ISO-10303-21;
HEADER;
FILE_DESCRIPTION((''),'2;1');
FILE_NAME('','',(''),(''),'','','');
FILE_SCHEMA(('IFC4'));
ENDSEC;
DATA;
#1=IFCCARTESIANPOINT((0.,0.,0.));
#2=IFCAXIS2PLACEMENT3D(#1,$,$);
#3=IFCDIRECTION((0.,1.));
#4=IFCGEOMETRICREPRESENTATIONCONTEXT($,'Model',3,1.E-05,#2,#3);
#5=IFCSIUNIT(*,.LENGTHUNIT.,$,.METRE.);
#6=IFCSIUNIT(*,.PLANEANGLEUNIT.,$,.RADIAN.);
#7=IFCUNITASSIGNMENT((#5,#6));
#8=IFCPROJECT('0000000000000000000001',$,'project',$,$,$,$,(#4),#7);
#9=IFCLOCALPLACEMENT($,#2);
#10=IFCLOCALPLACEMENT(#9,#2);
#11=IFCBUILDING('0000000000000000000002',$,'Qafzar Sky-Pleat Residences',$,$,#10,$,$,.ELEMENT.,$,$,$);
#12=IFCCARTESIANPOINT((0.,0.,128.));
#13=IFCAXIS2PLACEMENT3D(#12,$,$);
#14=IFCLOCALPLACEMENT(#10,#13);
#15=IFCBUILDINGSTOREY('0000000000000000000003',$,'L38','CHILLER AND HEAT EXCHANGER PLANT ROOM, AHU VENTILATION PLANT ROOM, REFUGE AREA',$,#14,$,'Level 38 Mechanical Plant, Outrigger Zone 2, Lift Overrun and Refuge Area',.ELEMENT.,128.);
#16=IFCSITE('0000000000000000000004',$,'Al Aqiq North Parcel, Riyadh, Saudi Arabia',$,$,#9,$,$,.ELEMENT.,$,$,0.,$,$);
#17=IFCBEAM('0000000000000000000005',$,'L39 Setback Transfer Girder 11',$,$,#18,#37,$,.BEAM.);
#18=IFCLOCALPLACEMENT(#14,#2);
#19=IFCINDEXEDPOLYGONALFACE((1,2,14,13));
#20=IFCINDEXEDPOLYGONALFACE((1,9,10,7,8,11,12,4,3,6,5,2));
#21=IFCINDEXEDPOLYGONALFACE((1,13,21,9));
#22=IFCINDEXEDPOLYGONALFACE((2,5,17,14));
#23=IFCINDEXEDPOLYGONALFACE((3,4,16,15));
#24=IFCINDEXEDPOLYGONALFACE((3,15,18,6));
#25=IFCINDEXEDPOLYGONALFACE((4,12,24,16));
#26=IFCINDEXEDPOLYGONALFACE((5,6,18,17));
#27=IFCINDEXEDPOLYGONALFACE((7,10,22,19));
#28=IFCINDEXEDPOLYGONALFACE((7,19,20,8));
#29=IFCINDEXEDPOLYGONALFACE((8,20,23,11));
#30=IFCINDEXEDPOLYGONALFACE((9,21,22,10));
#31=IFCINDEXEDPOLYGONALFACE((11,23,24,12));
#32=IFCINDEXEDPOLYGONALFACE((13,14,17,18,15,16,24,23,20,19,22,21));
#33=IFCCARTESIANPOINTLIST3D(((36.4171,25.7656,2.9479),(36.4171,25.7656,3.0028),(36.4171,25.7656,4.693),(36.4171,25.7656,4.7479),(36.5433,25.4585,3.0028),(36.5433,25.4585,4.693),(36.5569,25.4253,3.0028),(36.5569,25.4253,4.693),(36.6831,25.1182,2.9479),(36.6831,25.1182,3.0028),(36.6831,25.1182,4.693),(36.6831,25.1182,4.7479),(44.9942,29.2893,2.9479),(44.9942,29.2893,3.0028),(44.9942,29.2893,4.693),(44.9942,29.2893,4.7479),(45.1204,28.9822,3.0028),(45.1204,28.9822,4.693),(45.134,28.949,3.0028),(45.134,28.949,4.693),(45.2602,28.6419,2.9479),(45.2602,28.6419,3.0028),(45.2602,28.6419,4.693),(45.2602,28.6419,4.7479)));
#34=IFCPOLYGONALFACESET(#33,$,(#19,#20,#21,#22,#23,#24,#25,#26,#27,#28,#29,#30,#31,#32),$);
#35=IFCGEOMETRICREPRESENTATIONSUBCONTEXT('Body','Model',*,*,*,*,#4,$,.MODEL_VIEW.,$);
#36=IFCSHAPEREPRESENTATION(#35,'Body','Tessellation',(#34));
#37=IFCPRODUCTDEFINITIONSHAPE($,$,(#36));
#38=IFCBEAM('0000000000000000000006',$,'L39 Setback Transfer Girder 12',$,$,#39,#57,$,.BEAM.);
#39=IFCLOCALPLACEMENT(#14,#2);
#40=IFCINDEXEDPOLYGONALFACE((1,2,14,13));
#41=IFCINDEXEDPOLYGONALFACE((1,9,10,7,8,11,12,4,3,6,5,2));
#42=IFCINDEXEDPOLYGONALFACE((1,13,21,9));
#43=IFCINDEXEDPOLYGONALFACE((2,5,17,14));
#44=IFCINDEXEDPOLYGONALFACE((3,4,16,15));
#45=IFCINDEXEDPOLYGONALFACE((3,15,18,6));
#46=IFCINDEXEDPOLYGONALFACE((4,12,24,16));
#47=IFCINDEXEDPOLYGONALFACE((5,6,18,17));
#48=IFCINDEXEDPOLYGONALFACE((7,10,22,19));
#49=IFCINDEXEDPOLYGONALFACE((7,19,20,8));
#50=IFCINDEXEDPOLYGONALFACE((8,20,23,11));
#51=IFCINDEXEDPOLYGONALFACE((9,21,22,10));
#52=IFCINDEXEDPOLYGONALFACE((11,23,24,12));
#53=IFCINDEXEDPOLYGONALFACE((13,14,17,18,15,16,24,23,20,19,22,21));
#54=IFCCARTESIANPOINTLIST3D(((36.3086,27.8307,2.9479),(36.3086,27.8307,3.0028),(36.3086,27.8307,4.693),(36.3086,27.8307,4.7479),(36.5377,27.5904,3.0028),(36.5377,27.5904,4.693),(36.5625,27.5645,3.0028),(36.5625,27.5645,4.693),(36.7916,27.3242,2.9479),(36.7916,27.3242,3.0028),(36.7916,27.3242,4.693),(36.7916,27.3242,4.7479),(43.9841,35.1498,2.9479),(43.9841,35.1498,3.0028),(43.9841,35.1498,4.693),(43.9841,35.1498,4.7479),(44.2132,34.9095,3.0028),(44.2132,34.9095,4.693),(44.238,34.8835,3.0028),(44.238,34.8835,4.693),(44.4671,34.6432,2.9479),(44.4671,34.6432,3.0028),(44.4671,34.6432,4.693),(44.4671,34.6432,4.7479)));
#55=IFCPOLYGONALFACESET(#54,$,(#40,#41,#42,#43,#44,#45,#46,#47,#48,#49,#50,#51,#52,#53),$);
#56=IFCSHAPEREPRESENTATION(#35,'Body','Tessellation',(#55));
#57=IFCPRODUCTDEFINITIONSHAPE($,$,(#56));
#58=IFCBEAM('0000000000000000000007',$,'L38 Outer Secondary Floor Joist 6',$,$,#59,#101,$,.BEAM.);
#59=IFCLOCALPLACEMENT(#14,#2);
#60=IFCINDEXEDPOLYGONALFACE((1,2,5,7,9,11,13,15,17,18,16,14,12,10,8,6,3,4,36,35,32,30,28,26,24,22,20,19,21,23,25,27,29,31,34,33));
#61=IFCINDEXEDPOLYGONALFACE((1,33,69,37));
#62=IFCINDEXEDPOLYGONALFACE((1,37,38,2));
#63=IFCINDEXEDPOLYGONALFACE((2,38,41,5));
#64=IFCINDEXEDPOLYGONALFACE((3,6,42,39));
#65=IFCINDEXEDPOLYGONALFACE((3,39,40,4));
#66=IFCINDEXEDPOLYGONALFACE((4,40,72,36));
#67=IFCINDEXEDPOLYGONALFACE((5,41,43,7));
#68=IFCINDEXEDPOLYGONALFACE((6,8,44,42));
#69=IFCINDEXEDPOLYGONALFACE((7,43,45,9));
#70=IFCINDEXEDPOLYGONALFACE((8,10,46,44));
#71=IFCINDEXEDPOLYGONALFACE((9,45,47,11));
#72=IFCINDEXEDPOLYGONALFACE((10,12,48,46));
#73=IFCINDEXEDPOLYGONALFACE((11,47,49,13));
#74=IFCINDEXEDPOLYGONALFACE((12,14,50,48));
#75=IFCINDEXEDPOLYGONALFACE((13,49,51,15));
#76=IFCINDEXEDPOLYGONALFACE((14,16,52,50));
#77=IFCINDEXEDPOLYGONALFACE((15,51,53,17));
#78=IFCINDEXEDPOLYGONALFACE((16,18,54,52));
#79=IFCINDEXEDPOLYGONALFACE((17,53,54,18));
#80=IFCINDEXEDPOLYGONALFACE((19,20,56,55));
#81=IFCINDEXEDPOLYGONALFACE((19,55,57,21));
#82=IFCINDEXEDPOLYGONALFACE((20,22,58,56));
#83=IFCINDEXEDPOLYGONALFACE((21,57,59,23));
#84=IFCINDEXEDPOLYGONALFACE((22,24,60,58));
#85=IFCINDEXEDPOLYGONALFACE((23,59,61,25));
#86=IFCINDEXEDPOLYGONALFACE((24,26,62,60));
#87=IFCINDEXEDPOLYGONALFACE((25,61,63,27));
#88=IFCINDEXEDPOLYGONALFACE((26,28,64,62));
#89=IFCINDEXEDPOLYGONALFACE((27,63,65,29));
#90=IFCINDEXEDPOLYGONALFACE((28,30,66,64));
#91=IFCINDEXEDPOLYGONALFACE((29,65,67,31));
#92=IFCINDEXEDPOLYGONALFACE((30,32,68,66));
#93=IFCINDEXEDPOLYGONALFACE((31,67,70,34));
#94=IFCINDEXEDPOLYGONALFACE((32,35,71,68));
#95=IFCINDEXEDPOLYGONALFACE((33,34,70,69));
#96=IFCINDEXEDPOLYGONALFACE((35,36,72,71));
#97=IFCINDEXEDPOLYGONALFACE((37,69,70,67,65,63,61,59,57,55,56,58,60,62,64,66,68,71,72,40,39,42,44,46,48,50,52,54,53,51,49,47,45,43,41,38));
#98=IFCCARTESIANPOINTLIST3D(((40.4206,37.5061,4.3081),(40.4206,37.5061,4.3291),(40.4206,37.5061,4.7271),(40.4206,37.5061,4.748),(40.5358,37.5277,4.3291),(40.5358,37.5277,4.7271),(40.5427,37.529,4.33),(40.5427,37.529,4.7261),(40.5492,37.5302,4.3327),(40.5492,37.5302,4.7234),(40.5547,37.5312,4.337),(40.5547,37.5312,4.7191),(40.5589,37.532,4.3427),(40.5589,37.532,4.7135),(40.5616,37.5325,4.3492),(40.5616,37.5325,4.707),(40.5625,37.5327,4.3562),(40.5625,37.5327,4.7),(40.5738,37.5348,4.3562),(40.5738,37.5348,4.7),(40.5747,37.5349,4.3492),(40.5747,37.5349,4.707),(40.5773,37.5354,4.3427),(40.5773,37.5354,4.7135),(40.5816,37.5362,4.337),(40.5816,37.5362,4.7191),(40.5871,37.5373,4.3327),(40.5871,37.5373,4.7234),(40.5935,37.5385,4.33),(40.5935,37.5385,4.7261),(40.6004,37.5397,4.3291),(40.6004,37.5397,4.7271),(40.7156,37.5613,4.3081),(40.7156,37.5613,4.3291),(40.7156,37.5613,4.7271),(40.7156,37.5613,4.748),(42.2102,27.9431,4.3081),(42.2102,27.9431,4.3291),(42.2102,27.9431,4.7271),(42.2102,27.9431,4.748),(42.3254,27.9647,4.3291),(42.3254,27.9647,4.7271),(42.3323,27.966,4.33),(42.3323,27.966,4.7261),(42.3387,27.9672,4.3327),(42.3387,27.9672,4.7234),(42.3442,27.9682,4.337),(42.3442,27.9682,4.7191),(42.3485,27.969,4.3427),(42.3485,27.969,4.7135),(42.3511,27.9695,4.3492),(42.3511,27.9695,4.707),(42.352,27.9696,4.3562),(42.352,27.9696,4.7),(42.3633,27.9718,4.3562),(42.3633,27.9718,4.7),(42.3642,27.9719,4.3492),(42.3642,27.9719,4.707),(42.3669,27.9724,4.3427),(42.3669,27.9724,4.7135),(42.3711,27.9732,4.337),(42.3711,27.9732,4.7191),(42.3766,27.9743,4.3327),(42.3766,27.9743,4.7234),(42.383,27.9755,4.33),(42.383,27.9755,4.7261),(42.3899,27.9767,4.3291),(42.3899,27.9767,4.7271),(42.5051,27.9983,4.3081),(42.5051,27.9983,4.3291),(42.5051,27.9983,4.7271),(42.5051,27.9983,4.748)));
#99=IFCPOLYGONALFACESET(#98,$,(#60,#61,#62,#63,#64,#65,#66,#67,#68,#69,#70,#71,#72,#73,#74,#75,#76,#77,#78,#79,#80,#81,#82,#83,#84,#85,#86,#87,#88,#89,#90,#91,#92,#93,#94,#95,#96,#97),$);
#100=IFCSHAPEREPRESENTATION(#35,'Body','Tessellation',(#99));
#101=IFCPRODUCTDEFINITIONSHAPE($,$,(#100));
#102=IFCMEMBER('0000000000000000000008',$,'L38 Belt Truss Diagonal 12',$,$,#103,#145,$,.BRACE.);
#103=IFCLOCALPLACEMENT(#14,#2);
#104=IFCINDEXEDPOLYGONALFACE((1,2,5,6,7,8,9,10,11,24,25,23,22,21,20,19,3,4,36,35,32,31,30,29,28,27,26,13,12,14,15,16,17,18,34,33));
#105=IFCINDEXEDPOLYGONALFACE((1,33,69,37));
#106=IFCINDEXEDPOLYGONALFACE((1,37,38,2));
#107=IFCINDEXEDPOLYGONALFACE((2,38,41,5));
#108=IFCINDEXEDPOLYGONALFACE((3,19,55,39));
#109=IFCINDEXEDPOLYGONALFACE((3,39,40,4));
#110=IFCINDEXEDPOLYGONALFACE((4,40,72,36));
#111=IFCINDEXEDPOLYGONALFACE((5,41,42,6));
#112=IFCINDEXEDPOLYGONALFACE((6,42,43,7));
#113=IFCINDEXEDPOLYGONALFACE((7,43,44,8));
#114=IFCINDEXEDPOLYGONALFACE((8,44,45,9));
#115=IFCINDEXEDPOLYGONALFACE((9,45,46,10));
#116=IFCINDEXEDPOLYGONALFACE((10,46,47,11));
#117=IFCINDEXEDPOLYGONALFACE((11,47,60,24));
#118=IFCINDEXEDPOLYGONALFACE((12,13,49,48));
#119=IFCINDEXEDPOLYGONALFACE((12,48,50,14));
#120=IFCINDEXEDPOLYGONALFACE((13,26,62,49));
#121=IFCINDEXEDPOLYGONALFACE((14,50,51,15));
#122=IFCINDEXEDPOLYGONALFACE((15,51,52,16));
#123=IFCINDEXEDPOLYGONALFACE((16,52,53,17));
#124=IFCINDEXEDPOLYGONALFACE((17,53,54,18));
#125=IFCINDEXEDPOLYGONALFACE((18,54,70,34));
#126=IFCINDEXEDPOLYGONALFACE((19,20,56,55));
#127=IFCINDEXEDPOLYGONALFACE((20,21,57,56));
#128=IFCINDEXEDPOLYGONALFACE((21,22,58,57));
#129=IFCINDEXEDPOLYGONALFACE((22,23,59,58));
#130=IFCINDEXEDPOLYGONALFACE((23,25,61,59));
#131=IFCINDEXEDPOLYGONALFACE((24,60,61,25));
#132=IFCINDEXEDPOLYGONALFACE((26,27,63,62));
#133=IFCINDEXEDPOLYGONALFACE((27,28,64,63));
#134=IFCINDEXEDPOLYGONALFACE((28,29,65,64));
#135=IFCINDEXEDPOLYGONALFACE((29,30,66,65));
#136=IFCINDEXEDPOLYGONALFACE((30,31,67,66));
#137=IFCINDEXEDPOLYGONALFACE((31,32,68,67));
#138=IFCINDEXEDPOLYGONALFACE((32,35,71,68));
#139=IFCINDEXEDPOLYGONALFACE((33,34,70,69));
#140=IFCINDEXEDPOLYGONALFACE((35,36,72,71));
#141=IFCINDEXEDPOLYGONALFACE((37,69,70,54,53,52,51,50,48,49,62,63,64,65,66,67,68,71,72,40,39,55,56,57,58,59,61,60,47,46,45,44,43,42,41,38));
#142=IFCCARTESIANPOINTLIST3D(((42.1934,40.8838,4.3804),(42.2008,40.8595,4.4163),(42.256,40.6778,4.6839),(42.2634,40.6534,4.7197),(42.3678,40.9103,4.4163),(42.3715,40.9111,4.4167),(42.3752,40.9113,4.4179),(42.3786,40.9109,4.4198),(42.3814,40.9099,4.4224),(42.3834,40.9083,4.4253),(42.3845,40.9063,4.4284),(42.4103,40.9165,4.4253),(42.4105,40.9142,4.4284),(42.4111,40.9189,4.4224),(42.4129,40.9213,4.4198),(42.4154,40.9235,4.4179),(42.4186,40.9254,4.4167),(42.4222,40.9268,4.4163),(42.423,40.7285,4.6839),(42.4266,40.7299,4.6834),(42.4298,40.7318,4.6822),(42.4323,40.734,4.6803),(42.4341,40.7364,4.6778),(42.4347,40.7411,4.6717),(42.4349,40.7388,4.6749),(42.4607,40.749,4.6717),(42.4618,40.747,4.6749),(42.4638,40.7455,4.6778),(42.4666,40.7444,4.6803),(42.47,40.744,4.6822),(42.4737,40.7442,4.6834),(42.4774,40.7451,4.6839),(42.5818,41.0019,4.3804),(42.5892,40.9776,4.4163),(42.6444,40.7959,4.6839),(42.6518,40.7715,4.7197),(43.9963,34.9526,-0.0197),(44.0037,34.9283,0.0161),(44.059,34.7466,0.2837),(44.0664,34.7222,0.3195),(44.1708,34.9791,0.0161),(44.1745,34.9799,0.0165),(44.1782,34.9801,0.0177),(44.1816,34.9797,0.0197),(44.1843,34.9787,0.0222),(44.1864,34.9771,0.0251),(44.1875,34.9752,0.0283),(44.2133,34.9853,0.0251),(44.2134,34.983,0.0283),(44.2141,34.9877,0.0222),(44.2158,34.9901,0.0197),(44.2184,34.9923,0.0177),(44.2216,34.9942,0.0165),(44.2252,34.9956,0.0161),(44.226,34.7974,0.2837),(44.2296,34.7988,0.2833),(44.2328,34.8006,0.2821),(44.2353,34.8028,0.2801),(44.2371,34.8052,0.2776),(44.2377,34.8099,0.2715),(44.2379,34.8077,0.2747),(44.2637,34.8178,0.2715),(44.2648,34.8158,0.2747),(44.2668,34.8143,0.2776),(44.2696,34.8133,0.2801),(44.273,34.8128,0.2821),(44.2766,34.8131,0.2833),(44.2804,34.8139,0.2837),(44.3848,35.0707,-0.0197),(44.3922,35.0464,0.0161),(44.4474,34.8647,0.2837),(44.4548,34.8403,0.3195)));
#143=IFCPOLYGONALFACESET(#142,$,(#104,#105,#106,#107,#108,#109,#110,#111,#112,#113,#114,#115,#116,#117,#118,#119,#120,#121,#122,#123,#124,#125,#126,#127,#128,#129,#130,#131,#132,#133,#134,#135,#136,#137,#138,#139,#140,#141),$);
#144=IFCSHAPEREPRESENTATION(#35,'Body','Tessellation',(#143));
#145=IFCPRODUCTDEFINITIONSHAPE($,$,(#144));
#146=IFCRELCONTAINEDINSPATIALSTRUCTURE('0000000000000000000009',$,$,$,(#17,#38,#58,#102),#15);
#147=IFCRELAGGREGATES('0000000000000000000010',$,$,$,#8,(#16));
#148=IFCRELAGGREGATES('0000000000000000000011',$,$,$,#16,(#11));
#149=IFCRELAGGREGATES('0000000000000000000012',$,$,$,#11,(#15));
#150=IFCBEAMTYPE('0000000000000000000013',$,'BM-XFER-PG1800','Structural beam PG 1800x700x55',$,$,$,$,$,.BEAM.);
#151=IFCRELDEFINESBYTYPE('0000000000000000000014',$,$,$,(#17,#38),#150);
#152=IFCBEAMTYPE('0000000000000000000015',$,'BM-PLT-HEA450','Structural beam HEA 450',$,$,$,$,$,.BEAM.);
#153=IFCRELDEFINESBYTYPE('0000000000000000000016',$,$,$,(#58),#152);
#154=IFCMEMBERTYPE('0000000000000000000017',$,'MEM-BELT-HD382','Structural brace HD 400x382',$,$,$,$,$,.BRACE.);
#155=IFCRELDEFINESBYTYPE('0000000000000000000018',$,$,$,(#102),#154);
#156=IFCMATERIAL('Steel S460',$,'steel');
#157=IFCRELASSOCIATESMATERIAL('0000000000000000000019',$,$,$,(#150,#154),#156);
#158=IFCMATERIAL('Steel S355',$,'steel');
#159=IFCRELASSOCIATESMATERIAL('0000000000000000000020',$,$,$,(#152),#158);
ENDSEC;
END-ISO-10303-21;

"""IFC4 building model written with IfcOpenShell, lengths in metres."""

from ifc_helpers import new_model, si_unit, direction, frame, origin, origin_2d, place, context, subcontext, project, spatial, i_section, extrude, source, transform, mapped, material, material_profile, profile_set, type_object, element, save


model = new_model("IFC4")

# Units and contexts
model_context = context("Model", 3, precision=1e-05, world=origin(), true_north=direction((0.0, 1.0)))
body_context = subcontext(model_context, "Body", "Model", "MODEL_VIEW")
ifc_project = project(units=[si_unit("LENGTHUNIT", "METRE"), si_unit("PLANEANGLEUNIT", "RADIAN")], contexts=[model_context])

# Site, building, storey
site_placement = place(None, origin())
site = spatial("IfcSite", under=ifc_project, at=site_placement, Name="Al Aqiq North Parcel, Riyadh, Saudi Arabia", CompositionType="ELEMENT", RefElevation=0.0)
building_placement = place(site_placement, origin())
building = spatial("IfcBuilding", under=site, at=building_placement, Name="Qafzar Sky-Pleat Residences", CompositionType="ELEMENT")
storey_placement = place(building_placement, frame((0.0, 0.0, 128.0)))
storey = spatial("IfcBuildingStorey", under=building, at=storey_placement, Name="L38", Description="CHILLER AND HEAT EXCHANGER PLANT ROOM, AHU VENTILATION PLANT ROOM, REFUGE AREA", LongName="Level 38 Mechanical Plant, Outrigger Zone 2, Lift Overrun and Refuge Area", CompositionType="ELEMENT", Elevation=128.0)

# Shared definitions
ifc_material_1 = material(Name="Steel S460", Category="steel")

# Beams
ifc_material_2 = material(Name="Steel S355", Category="steel")
ifc_material_profile_1 = material_profile(ifc_material_1, i_section(OverallWidth=0.7, OverallDepth=1.8, WebThickness=0.0359, FlangeThickness=0.0549, at=origin_2d()), Name="PG 1800x700x55")
ifc_profile_set_1 = profile_set([ifc_material_profile_1], Name="Steel S460")
beam_type_1 = type_object("IfcBeamType", Name="BM-XFER-PG1800", Description="Structural beam PG 1800x700x55", PredefinedType="BEAM", material=ifc_profile_set_1)
shared_shape_1 = source(origin(), body_context, "Body", "SweptSolid", [
    extrude(i_section(OverallWidth=0.7, OverallDepth=1.8, WebThickness=0.0359, FlangeThickness=0.0549, at=origin_2d()), origin(), (0.0, 0.0, 1.0), 9.2727),
])
beam_1_placement = place(storey_placement, frame((45.1272, 28.9656, 3.8479), z_axis=(-0.924985, -0.380004, 0.0), x_axis=(0.380004, -0.924985, 0.0)))
element("IfcBeam", 1, at=beam_1_placement, inside=storey, type_object=beam_type_1, Name="L39 Setback Transfer Girder 11", PredefinedType="BEAM", context=body_context, shape_type="MappedRepresentation", body=[
    mapped(shared_shape_1, transform((0.0, 0.0, 0.0), x_axis=(1.0, 0.0, 0.0), y_axis=(0.0, 1.0, 0.0), z_axis=(0.0, 0.0, 1.0), scale=1.0)),
])
shared_shape_2 = source(origin(), body_context, "Body", "SweptSolid", [
    extrude(i_section(OverallWidth=0.7, OverallDepth=1.8, WebThickness=0.0359, FlangeThickness=0.0549, at=origin_2d()), origin(), (0.0, 0.0, 1.0), 10.6057),
])
beam_2_placement = place(storey_placement, frame((44.2256, 34.8965, 3.8479), z_axis=(-0.723711, -0.690103, 0.0), x_axis=(0.690103, -0.723711, 0.0)))
element("IfcBeam", 2, at=beam_2_placement, inside=storey, type_object=beam_type_1, Name="L39 Setback Transfer Girder 12", PredefinedType="BEAM", context=body_context, shape_type="MappedRepresentation", body=[
    mapped(shared_shape_2, transform((0.0, 0.0, 0.0), x_axis=(1.0, 0.0, 0.0), y_axis=(0.0, 1.0, 0.0), z_axis=(0.0, 0.0, 1.0), scale=1.0)),
])
ifc_material_profile_2 = material_profile(ifc_material_2, i_section(OverallWidth=0.3, OverallDepth=0.4399, WebThickness=0.0115, FlangeThickness=0.021, FilletRadius=0.0271, at=origin_2d()), Name="HEA 450")
ifc_profile_set_2 = profile_set([ifc_material_profile_2], Name="Steel S355")
beam_type_2 = type_object("IfcBeamType", Name="BM-PLT-HEA450", Description="Structural beam HEA 450", PredefinedType="BEAM", material=ifc_profile_set_2)
shared_shape_3 = source(origin(), body_context, "Body", "SweptSolid", [
    extrude(i_section(OverallWidth=0.3, OverallDepth=0.4399, WebThickness=0.0115, FlangeThickness=0.021, FilletRadius=0.0271, at=origin_2d()), origin(), (0.0, 0.0, 1.0), 9.729),
])
beam_3_placement = place(storey_placement, frame((42.3577, 27.9707, 4.5281), z_axis=(-0.18394, 0.982937, 0.0), x_axis=(-0.982937, -0.18394, 0.0)))
element("IfcBeam", 3, at=beam_3_placement, inside=storey, type_object=beam_type_2, Name="L38 Outer Secondary Floor Joist 6", PredefinedType="BEAM", context=body_context, shape_type="MappedRepresentation", body=[
    mapped(shared_shape_3, transform((0.0, 0.0, 0.0), x_axis=(1.0, 0.0, 0.0), y_axis=(0.0, 1.0, 0.0), z_axis=(0.0, 0.0, 1.0), scale=1.0)),
])

# Member
ifc_material_profile_3 = material_profile(ifc_material_1, i_section(OverallWidth=0.406, OverallDepth=0.416, WebThickness=0.0271, FlangeThickness=0.0439, FilletRadius=0.0149, at=origin_2d()), Name="HD 400x382")
ifc_profile_set_3 = profile_set([ifc_material_profile_3], Name="Steel S460")
member_type = type_object("IfcMemberType", Name="MEM-BELT-HD382", Description="Structural brace HD 400x382", PredefinedType="BRACE", material=ifc_profile_set_3)
shared_shape_4 = source(origin(), body_context, "Body", "SweptSolid", [
    extrude(i_section(OverallWidth=0.406, OverallDepth=0.416, WebThickness=0.0271, FlangeThickness=0.0439, FilletRadius=0.0149, at=origin_2d()), origin(), (0.0, 0.0, 1.0), 7.6021),
])
member_1_placement = place(storey_placement, frame((44.2256, 34.8965, 0.1499), z_axis=(-0.237171, 0.780208, 0.578813), x_axis=(-0.956771, -0.290843, 0.0)))
element("IfcMember", 4, at=member_1_placement, inside=storey, type_object=member_type, Name="L38 Belt Truss Diagonal 12", PredefinedType="BRACE", context=body_context, shape_type="MappedRepresentation", body=[
    mapped(shared_shape_4, transform((0.0, 0.0, 0.0), x_axis=(1.0, 0.0, 0.0), y_axis=(0.0, 1.0, 0.0), z_axis=(0.0, 0.0, 1.0), scale=1.0)),
])

save(model, "model.ifc")
